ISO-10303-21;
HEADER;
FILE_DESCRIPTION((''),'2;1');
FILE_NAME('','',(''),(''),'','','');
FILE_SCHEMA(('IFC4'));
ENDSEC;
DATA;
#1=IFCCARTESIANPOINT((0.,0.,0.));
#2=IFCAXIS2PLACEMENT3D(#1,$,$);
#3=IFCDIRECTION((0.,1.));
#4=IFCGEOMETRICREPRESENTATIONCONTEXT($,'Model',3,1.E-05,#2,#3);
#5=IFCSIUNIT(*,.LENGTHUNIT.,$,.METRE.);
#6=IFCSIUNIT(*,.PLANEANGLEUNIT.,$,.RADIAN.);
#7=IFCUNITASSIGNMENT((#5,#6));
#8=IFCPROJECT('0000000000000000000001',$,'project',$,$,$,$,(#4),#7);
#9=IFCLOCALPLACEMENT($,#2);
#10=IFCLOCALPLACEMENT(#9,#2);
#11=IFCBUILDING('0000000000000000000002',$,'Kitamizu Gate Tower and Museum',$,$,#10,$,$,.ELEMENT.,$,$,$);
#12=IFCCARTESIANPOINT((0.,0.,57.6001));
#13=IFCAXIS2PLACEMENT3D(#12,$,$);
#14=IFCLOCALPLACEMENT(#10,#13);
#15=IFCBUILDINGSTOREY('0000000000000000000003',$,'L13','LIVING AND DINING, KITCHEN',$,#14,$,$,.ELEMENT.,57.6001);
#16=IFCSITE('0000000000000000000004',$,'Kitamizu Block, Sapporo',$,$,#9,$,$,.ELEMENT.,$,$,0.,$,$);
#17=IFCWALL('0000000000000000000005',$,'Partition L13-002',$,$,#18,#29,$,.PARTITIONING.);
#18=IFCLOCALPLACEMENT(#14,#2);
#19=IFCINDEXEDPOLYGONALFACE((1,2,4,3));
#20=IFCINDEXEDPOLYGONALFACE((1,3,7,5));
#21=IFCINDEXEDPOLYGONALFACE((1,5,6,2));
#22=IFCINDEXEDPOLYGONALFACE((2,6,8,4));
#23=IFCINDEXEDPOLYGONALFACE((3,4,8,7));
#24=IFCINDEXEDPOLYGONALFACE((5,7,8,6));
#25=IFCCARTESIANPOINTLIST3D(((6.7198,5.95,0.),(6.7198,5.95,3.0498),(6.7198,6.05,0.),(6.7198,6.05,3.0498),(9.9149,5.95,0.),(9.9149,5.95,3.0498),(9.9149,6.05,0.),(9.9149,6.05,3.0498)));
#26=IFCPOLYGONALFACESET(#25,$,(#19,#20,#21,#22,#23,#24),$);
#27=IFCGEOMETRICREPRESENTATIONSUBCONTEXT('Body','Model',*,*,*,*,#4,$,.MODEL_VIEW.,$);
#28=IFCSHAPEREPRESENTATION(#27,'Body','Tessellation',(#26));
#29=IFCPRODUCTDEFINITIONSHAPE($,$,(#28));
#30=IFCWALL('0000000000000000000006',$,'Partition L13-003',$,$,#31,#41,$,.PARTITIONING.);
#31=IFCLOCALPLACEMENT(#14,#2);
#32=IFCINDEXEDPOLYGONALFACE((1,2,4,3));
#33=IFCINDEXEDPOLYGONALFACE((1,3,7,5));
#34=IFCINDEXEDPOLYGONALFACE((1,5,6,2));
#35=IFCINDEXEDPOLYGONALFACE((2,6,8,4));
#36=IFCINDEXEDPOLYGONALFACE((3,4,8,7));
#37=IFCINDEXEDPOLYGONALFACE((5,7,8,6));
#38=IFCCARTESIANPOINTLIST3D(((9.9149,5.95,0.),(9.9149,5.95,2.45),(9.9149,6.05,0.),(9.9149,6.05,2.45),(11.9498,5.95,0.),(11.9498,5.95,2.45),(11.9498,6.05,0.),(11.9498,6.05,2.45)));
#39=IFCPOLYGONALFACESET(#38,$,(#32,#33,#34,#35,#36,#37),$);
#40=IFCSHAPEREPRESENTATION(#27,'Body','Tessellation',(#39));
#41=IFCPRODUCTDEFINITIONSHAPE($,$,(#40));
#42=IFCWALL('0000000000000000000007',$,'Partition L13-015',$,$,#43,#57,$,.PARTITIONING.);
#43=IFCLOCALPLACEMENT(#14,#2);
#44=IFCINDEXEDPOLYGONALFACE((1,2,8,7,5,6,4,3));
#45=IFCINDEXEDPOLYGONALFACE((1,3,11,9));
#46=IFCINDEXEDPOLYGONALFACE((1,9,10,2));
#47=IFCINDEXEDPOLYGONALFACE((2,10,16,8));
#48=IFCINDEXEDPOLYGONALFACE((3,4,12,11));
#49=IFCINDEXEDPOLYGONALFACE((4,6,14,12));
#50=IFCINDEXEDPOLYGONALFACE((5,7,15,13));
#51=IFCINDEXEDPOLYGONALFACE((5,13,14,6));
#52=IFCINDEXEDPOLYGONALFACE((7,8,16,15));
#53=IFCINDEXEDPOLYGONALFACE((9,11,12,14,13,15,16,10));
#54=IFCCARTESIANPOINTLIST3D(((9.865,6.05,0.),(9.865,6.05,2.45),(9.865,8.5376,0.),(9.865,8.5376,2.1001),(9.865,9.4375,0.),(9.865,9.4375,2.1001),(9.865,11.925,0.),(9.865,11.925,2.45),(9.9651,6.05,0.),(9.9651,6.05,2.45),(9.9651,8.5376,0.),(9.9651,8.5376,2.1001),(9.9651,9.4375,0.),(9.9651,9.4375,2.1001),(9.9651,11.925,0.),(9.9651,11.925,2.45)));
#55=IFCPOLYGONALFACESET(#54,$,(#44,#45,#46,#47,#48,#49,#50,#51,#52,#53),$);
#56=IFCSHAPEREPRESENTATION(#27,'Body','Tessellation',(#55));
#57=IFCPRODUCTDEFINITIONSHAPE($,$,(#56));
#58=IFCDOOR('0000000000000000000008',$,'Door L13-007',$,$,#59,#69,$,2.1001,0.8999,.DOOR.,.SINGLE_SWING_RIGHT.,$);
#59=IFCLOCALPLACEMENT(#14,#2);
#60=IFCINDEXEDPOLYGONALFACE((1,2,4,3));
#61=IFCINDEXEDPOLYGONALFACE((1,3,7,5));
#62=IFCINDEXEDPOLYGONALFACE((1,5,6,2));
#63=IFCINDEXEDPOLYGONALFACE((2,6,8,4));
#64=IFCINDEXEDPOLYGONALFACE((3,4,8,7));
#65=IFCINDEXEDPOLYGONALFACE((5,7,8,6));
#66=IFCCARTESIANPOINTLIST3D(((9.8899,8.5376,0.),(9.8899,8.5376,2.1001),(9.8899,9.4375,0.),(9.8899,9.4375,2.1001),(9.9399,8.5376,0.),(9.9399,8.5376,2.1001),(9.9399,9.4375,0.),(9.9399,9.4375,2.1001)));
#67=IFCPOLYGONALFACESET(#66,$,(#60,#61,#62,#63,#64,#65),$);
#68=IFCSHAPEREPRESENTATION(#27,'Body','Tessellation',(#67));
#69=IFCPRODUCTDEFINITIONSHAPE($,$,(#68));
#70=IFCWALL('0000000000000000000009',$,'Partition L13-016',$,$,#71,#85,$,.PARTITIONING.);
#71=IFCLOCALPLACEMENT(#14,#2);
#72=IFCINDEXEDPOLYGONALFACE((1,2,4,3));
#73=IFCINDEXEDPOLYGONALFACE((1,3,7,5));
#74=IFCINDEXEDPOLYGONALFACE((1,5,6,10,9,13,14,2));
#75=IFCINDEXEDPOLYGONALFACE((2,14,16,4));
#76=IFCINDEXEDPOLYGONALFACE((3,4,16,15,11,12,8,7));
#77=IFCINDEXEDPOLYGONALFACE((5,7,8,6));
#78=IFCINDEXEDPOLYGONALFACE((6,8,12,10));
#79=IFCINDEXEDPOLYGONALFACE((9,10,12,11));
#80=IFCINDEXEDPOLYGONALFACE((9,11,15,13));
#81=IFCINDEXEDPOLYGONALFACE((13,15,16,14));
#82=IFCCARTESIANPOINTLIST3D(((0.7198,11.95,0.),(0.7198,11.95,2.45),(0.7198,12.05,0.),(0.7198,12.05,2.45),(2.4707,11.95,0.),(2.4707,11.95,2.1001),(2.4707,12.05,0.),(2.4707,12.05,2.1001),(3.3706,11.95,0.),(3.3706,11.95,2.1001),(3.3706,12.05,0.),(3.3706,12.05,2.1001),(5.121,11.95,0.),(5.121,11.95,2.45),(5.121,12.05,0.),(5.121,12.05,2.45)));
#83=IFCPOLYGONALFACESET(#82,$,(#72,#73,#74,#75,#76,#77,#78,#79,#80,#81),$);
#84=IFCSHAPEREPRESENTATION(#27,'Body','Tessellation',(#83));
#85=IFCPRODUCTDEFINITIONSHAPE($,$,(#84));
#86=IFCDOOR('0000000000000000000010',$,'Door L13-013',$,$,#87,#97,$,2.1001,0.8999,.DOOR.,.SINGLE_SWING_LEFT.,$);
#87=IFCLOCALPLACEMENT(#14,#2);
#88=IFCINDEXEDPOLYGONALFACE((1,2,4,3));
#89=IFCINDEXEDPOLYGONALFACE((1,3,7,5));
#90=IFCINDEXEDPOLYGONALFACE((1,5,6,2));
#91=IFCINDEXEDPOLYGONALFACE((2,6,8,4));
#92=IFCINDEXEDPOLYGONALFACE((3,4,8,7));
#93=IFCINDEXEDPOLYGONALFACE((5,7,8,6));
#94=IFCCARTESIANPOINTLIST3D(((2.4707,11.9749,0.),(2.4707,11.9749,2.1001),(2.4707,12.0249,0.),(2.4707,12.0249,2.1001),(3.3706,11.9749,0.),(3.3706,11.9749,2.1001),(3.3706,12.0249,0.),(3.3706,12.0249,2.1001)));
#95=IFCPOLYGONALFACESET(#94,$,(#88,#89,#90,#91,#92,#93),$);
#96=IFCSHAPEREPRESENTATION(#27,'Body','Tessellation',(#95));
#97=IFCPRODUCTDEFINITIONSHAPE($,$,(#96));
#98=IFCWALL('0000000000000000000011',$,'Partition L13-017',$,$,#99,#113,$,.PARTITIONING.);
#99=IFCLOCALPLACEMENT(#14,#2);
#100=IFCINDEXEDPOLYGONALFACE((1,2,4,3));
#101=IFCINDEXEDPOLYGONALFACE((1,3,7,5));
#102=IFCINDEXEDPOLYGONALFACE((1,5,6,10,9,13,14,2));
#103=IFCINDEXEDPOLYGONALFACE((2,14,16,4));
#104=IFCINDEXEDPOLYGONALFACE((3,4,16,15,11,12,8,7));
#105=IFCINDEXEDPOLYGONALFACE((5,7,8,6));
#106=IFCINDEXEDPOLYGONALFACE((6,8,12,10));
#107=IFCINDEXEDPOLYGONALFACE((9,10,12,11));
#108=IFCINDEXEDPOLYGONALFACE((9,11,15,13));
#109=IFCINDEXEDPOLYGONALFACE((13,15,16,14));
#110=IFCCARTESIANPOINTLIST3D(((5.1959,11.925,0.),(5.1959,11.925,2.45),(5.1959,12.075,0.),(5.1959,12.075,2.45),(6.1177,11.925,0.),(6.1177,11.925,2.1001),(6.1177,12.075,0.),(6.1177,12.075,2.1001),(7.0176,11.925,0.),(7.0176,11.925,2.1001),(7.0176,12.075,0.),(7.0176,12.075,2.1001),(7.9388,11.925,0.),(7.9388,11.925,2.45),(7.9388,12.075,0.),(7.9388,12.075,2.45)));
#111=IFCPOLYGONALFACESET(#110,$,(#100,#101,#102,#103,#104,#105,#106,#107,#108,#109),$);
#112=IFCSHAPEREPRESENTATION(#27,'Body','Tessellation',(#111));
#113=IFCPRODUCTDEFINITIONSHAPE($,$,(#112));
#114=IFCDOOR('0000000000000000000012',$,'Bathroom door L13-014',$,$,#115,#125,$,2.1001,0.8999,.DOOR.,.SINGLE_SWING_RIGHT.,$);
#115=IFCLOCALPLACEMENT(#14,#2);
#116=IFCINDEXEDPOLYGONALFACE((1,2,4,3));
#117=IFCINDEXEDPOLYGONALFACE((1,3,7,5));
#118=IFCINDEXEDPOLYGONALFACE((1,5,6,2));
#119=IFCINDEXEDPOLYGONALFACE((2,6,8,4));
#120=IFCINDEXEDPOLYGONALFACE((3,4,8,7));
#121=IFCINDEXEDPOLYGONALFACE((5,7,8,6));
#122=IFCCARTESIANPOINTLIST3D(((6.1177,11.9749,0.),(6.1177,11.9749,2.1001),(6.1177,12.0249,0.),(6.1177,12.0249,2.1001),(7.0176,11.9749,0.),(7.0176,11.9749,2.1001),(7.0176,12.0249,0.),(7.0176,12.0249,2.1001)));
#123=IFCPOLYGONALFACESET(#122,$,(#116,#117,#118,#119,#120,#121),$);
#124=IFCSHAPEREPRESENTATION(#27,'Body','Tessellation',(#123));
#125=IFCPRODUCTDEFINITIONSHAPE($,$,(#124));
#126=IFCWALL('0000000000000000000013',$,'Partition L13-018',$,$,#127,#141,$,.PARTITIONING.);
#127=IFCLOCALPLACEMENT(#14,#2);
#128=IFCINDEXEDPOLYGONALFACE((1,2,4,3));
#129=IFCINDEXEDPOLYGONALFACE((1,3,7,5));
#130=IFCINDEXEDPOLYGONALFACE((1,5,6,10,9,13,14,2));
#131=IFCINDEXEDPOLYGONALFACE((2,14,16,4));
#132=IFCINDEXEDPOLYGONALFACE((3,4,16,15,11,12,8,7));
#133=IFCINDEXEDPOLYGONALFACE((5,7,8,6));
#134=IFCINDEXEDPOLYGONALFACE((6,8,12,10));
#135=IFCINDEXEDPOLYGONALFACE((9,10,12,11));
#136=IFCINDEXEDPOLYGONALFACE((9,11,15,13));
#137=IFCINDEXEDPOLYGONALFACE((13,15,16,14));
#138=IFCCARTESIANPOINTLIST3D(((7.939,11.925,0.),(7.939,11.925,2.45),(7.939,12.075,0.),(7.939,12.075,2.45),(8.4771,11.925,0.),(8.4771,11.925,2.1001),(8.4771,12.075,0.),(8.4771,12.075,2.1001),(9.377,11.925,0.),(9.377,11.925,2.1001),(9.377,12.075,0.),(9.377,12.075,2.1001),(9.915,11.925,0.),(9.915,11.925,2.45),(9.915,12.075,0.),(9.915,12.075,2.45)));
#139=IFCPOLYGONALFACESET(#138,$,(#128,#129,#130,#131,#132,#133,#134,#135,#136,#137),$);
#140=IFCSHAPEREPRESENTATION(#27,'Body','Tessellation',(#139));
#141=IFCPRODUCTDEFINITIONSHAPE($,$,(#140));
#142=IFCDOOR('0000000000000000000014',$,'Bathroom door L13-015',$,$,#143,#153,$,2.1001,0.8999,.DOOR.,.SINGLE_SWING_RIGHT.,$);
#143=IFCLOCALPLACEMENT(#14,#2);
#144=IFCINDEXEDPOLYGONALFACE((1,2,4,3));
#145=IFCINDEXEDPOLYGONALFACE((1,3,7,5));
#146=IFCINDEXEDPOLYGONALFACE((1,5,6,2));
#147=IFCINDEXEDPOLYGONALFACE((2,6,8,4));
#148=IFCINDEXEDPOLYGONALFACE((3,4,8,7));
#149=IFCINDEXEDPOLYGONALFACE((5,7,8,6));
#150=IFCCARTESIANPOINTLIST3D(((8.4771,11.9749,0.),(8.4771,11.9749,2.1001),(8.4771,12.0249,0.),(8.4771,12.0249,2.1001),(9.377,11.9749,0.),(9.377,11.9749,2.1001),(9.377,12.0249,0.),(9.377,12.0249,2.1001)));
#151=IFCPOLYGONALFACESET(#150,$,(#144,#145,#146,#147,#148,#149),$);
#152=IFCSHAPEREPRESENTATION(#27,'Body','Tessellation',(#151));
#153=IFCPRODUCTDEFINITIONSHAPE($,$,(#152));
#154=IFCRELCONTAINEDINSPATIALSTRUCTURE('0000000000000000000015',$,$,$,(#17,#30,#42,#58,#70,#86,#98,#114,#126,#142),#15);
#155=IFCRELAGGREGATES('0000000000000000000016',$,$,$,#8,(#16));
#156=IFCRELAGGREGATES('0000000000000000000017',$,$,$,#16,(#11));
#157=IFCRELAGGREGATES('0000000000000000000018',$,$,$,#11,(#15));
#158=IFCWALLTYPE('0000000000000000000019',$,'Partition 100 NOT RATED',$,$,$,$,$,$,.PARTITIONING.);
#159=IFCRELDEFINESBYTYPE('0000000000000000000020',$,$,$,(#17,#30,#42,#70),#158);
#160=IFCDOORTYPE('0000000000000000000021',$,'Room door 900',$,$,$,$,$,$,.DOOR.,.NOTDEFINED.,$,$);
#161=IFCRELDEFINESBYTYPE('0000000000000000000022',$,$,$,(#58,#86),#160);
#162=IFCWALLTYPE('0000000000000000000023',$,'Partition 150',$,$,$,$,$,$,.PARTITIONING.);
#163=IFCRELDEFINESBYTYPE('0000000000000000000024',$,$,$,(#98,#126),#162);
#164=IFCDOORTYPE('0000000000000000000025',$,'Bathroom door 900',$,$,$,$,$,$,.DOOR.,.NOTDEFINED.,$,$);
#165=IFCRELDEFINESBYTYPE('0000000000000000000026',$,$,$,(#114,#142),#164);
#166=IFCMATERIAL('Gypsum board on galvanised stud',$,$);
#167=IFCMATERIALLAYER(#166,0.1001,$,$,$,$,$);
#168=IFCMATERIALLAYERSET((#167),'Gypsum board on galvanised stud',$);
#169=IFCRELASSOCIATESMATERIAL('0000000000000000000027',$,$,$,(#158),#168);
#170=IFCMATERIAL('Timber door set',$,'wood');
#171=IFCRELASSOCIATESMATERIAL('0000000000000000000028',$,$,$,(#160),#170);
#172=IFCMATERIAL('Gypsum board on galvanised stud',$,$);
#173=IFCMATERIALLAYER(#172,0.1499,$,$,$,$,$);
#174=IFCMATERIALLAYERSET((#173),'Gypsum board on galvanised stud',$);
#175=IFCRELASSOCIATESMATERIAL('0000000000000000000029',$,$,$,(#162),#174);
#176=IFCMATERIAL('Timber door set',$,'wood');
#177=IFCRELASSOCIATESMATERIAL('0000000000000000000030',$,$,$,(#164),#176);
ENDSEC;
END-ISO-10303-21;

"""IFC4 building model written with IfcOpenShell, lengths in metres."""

from ifc_helpers import new_model, si_unit, direction, frame, frame_2d, origin, place, context, subcontext, project, spatial, rectangle, extrude, material, layer, layer_set, type_object, element, fill, save


model = new_model("IFC4")

# Units and contexts
model_context = context("Model", 3, precision=1e-05, world=origin(), true_north=direction((0.0, 1.0)))
body_context = subcontext(model_context, "Body", "Model", "MODEL_VIEW")
ifc_project = project(units=[si_unit("LENGTHUNIT", "METRE"), si_unit("PLANEANGLEUNIT", "RADIAN")], contexts=[model_context])

# Site, building, storey
site_placement = place(None, origin())
site = spatial("IfcSite", under=ifc_project, at=site_placement, Name="Kitamizu Block, Sapporo", CompositionType="ELEMENT", RefElevation=0.0)
building_placement = place(site_placement, origin())
building = spatial("IfcBuilding", under=site, at=building_placement, Name="Kitamizu Gate Tower and Museum", CompositionType="ELEMENT")
storey_placement = place(building_placement, frame((0.0, 0.0, 57.6001)))
storey = spatial("IfcBuildingStorey", under=building, at=storey_placement, Name="L13", Description="LIVING AND DINING, KITCHEN", CompositionType="ELEMENT", Elevation=57.6001)

# Walls
ifc_material_1 = material(Name="Gypsum board on galvanised stud")
ifc_layer_1 = layer(ifc_material_1, 0.1001)
ifc_layer_set_1 = layer_set([ifc_layer_1], Name="Gypsum board on galvanised stud")
wall_type_1 = type_object("IfcWallType", Name="Partition 100 NOT RATED", PredefinedType="PARTITIONING", material=ifc_layer_set_1)
wall_1_placement = place(storey_placement, frame((9.915, 6.0, 0.0), z_axis=(0.0, 0.0, 1.0), x_axis=(-1.0, 0.0, 0.0)))
element("IfcWall", 1, at=wall_1_placement, inside=storey, type_object=wall_type_1, Name="Partition L13-002", PredefinedType="PARTITIONING", context=body_context, shape_type="SweptSolid", body=[
    extrude(rectangle(XDim=3.1951, YDim=0.1001, at=frame_2d((1.5977, 0.0))), origin(), (0.0, 0.0, 1.0), 3.0498),
])
wall_2_placement = place(storey_placement, frame((11.95, 6.0, 0.0), z_axis=(0.0, 0.0, 1.0), x_axis=(-1.0, 0.0, 0.0)))
element("IfcWall", 2, at=wall_2_placement, inside=storey, type_object=wall_type_1, Name="Partition L13-003", PredefinedType="PARTITIONING", context=body_context, shape_type="SweptSolid", body=[
    extrude(rectangle(XDim=2.0349, YDim=0.1001, at=frame_2d((1.0176, 0.0))), origin(), (0.0, 0.0, 1.0), 2.45),
])

# Walls, openings, doors
wall_3_placement = place(storey_placement, frame((9.915, 6.05, 0.0), z_axis=(0.0, 0.0, 1.0), x_axis=(0.0, 1.0, 0.0)))
wall_3 = element("IfcWall", 3, at=wall_3_placement, inside=storey, type_object=wall_type_1, Name="Partition L13-015", PredefinedType="PARTITIONING", context=body_context, shape_type="SweptSolid", body=[
    extrude(rectangle(XDim=5.875, YDim=0.1001, at=frame_2d((2.9375, 0.0))), origin(), (0.0, 0.0, 1.0), 2.45),
])
opening_1_placement = place(wall_3_placement, frame((2.4875, 0.0, 0.0)))
opening_1 = element("IfcOpeningElement", 4, at=opening_1_placement, cuts=wall_3, PredefinedType="OPENING", context=body_context, shape_type="SweptSolid", body=[
    extrude(rectangle(XDim=0.8999, YDim=2.1001, at=frame_2d((0.45, 1.05))), frame((0.0, 0.0601, 0.0), z_axis=(0.0, -1.0, 0.0), x_axis=(1.0, 0.0, 0.0)), (0.0, 0.0, 1.0), 0.1201),
])
ifc_material_2 = material(Name="Timber door set", Category="wood")
door_type_1 = type_object("IfcDoorType", Name="Room door 900", OperationType="NOTDEFINED", PredefinedType="DOOR", material=ifc_material_2)
door_1_placement = place(opening_1_placement, frame((0.8999, 0.0, 0.0), x_axis=(-1.0, 0.0, 0.0)))
door_1 = element("IfcDoor", 5, at=door_1_placement, inside=storey, type_object=door_type_1, Name="Door L13-007", OperationType="SINGLE_SWING_RIGHT", OverallHeight=2.1001, OverallWidth=0.8999, PredefinedType="DOOR", context=body_context, shape_type="SweptSolid", body=[
    extrude(rectangle(XDim=0.8999, YDim=2.1001, at=frame_2d((0.45, 1.05))), frame((0.0, 0.0249, 0.0), z_axis=(0.0, -1.0, 0.0), x_axis=(1.0, 0.0, 0.0)), (0.0, 0.0, 1.0), 0.05),
])
fill(opening_1, door_1)
wall_4_placement = place(storey_placement, frame((5.1211, 12.0, 0.0), z_axis=(0.0, 0.0, 1.0), x_axis=(-1.0, 0.0, 0.0)))
wall_4 = element("IfcWall", 6, at=wall_4_placement, inside=storey, type_object=wall_type_1, Name="Partition L13-016", PredefinedType="PARTITIONING", context=body_context, shape_type="SweptSolid", body=[
    extrude(rectangle(XDim=4.4011, YDim=0.1001, at=frame_2d((2.2007, 0.0))), origin(), (0.0, 0.0, 1.0), 2.45),
])
opening_2_placement = place(wall_4_placement, frame((1.7505, 0.0, 0.0)))
opening_2 = element("IfcOpeningElement", 7, at=opening_2_placement, cuts=wall_4, PredefinedType="OPENING", context=body_context, shape_type="SweptSolid", body=[
    extrude(rectangle(XDim=0.8999, YDim=2.1001, at=frame_2d((0.45, 1.05))), frame((0.0, 0.0601, 0.0), z_axis=(0.0, -1.0, 0.0), x_axis=(1.0, 0.0, 0.0)), (0.0, 0.0, 1.0), 0.1201),
])
door_2_placement = place(opening_2_placement, frame((0.8999, 0.0, 0.0), x_axis=(-1.0, 0.0, 0.0)))
door_2 = element("IfcDoor", 8, at=door_2_placement, inside=storey, type_object=door_type_1, Name="Door L13-013", OperationType="SINGLE_SWING_LEFT", OverallHeight=2.1001, OverallWidth=0.8999, PredefinedType="DOOR", context=body_context, shape_type="SweptSolid", body=[
    extrude(rectangle(XDim=0.8999, YDim=2.1001, at=frame_2d((0.45, 1.05))), frame((0.0, 0.0249, 0.0), z_axis=(0.0, -1.0, 0.0), x_axis=(1.0, 0.0, 0.0)), (0.0, 0.0, 1.0), 0.05),
])
fill(opening_2, door_2)
ifc_material_3 = material(Name="Gypsum board on galvanised stud")
ifc_layer_2 = layer(ifc_material_3, 0.1499)
ifc_layer_set_2 = layer_set([ifc_layer_2], Name="Gypsum board on galvanised stud")
wall_type_2 = type_object("IfcWallType", Name="Partition 150", PredefinedType="PARTITIONING", material=ifc_layer_set_2)
wall_5_placement = place(storey_placement, frame((7.939, 12.0, 0.0), z_axis=(0.0, 0.0, 1.0), x_axis=(-1.0, 0.0, 0.0)))
wall_5 = element("IfcWall", 9, at=wall_5_placement, inside=storey, type_object=wall_type_2, Name="Partition L13-017", PredefinedType="PARTITIONING", context=body_context, shape_type="SweptSolid", body=[
    extrude(rectangle(XDim=2.7429, YDim=0.1499, at=frame_2d((1.3716, 0.0))), origin(), (0.0, 0.0, 1.0), 2.45),
])
opening_3_placement = place(wall_5_placement, frame((0.9214, 0.0, 0.0)))
opening_3 = element("IfcOpeningElement", 10, at=opening_3_placement, cuts=wall_5, PredefinedType="OPENING", context=body_context, shape_type="SweptSolid", body=[
    extrude(rectangle(XDim=0.8999, YDim=2.1001, at=frame_2d((0.45, 1.05))), frame((0.0, 0.085, 0.0), z_axis=(0.0, -1.0, 0.0), x_axis=(1.0, 0.0, 0.0)), (0.0, 0.0, 1.0), 0.1699),
])
ifc_material_4 = material(Name="Timber door set", Category="wood")
door_type_2 = type_object("IfcDoorType", Name="Bathroom door 900", OperationType="NOTDEFINED", PredefinedType="DOOR", material=ifc_material_4)
door_3_placement = place(opening_3_placement, frame((0.8999, 0.0, 0.0), x_axis=(-1.0, 0.0, 0.0)))
door_3 = element("IfcDoor", 11, at=door_3_placement, inside=storey, type_object=door_type_2, Name="Bathroom door L13-014", OperationType="SINGLE_SWING_RIGHT", OverallHeight=2.1001, OverallWidth=0.8999, PredefinedType="DOOR", context=body_context, shape_type="SweptSolid", body=[
    extrude(rectangle(XDim=0.8999, YDim=2.1001, at=frame_2d((0.45, 1.05))), frame((0.0, 0.0249, 0.0), z_axis=(0.0, -1.0, 0.0), x_axis=(1.0, 0.0, 0.0)), (0.0, 0.0, 1.0), 0.05),
])
fill(opening_3, door_3)
wall_6_placement = place(storey_placement, frame((9.915, 12.0, 0.0), z_axis=(0.0, 0.0, 1.0), x_axis=(-1.0, 0.0, 0.0)))
wall_6 = element("IfcWall", 12, at=wall_6_placement, inside=storey, type_object=wall_type_2, Name="Partition L13-018", PredefinedType="PARTITIONING", context=body_context, shape_type="SweptSolid", body=[
    extrude(rectangle(XDim=1.9761, YDim=0.1499, at=frame_2d((0.988, 0.0))), origin(), (0.0, 0.0, 1.0), 2.45),
])
opening_4_placement = place(wall_6_placement, frame((0.5381, 0.0, 0.0)))
opening_4 = element("IfcOpeningElement", 13, at=opening_4_placement, cuts=wall_6, PredefinedType="OPENING", context=body_context, shape_type="SweptSolid", body=[
    extrude(rectangle(XDim=0.8999, YDim=2.1001, at=frame_2d((0.45, 1.05))), frame((0.0, 0.085, 0.0), z_axis=(0.0, -1.0, 0.0), x_axis=(1.0, 0.0, 0.0)), (0.0, 0.0, 1.0), 0.1699),
])
door_4_placement = place(opening_4_placement, frame((0.8999, 0.0, 0.0), x_axis=(-1.0, 0.0, 0.0)))
door_4 = element("IfcDoor", 14, at=door_4_placement, inside=storey, type_object=door_type_2, Name="Bathroom door L13-015", OperationType="SINGLE_SWING_RIGHT", OverallHeight=2.1001, OverallWidth=0.8999, PredefinedType="DOOR", context=body_context, shape_type="SweptSolid", body=[
    extrude(rectangle(XDim=0.8999, YDim=2.1001, at=frame_2d((0.45, 1.05))), frame((0.0, 0.0249, 0.0), z_axis=(0.0, -1.0, 0.0), x_axis=(1.0, 0.0, 0.0)), (0.0, 0.0, 1.0), 0.05),
])
fill(opening_4, door_4)

save(model, "model.ifc")
